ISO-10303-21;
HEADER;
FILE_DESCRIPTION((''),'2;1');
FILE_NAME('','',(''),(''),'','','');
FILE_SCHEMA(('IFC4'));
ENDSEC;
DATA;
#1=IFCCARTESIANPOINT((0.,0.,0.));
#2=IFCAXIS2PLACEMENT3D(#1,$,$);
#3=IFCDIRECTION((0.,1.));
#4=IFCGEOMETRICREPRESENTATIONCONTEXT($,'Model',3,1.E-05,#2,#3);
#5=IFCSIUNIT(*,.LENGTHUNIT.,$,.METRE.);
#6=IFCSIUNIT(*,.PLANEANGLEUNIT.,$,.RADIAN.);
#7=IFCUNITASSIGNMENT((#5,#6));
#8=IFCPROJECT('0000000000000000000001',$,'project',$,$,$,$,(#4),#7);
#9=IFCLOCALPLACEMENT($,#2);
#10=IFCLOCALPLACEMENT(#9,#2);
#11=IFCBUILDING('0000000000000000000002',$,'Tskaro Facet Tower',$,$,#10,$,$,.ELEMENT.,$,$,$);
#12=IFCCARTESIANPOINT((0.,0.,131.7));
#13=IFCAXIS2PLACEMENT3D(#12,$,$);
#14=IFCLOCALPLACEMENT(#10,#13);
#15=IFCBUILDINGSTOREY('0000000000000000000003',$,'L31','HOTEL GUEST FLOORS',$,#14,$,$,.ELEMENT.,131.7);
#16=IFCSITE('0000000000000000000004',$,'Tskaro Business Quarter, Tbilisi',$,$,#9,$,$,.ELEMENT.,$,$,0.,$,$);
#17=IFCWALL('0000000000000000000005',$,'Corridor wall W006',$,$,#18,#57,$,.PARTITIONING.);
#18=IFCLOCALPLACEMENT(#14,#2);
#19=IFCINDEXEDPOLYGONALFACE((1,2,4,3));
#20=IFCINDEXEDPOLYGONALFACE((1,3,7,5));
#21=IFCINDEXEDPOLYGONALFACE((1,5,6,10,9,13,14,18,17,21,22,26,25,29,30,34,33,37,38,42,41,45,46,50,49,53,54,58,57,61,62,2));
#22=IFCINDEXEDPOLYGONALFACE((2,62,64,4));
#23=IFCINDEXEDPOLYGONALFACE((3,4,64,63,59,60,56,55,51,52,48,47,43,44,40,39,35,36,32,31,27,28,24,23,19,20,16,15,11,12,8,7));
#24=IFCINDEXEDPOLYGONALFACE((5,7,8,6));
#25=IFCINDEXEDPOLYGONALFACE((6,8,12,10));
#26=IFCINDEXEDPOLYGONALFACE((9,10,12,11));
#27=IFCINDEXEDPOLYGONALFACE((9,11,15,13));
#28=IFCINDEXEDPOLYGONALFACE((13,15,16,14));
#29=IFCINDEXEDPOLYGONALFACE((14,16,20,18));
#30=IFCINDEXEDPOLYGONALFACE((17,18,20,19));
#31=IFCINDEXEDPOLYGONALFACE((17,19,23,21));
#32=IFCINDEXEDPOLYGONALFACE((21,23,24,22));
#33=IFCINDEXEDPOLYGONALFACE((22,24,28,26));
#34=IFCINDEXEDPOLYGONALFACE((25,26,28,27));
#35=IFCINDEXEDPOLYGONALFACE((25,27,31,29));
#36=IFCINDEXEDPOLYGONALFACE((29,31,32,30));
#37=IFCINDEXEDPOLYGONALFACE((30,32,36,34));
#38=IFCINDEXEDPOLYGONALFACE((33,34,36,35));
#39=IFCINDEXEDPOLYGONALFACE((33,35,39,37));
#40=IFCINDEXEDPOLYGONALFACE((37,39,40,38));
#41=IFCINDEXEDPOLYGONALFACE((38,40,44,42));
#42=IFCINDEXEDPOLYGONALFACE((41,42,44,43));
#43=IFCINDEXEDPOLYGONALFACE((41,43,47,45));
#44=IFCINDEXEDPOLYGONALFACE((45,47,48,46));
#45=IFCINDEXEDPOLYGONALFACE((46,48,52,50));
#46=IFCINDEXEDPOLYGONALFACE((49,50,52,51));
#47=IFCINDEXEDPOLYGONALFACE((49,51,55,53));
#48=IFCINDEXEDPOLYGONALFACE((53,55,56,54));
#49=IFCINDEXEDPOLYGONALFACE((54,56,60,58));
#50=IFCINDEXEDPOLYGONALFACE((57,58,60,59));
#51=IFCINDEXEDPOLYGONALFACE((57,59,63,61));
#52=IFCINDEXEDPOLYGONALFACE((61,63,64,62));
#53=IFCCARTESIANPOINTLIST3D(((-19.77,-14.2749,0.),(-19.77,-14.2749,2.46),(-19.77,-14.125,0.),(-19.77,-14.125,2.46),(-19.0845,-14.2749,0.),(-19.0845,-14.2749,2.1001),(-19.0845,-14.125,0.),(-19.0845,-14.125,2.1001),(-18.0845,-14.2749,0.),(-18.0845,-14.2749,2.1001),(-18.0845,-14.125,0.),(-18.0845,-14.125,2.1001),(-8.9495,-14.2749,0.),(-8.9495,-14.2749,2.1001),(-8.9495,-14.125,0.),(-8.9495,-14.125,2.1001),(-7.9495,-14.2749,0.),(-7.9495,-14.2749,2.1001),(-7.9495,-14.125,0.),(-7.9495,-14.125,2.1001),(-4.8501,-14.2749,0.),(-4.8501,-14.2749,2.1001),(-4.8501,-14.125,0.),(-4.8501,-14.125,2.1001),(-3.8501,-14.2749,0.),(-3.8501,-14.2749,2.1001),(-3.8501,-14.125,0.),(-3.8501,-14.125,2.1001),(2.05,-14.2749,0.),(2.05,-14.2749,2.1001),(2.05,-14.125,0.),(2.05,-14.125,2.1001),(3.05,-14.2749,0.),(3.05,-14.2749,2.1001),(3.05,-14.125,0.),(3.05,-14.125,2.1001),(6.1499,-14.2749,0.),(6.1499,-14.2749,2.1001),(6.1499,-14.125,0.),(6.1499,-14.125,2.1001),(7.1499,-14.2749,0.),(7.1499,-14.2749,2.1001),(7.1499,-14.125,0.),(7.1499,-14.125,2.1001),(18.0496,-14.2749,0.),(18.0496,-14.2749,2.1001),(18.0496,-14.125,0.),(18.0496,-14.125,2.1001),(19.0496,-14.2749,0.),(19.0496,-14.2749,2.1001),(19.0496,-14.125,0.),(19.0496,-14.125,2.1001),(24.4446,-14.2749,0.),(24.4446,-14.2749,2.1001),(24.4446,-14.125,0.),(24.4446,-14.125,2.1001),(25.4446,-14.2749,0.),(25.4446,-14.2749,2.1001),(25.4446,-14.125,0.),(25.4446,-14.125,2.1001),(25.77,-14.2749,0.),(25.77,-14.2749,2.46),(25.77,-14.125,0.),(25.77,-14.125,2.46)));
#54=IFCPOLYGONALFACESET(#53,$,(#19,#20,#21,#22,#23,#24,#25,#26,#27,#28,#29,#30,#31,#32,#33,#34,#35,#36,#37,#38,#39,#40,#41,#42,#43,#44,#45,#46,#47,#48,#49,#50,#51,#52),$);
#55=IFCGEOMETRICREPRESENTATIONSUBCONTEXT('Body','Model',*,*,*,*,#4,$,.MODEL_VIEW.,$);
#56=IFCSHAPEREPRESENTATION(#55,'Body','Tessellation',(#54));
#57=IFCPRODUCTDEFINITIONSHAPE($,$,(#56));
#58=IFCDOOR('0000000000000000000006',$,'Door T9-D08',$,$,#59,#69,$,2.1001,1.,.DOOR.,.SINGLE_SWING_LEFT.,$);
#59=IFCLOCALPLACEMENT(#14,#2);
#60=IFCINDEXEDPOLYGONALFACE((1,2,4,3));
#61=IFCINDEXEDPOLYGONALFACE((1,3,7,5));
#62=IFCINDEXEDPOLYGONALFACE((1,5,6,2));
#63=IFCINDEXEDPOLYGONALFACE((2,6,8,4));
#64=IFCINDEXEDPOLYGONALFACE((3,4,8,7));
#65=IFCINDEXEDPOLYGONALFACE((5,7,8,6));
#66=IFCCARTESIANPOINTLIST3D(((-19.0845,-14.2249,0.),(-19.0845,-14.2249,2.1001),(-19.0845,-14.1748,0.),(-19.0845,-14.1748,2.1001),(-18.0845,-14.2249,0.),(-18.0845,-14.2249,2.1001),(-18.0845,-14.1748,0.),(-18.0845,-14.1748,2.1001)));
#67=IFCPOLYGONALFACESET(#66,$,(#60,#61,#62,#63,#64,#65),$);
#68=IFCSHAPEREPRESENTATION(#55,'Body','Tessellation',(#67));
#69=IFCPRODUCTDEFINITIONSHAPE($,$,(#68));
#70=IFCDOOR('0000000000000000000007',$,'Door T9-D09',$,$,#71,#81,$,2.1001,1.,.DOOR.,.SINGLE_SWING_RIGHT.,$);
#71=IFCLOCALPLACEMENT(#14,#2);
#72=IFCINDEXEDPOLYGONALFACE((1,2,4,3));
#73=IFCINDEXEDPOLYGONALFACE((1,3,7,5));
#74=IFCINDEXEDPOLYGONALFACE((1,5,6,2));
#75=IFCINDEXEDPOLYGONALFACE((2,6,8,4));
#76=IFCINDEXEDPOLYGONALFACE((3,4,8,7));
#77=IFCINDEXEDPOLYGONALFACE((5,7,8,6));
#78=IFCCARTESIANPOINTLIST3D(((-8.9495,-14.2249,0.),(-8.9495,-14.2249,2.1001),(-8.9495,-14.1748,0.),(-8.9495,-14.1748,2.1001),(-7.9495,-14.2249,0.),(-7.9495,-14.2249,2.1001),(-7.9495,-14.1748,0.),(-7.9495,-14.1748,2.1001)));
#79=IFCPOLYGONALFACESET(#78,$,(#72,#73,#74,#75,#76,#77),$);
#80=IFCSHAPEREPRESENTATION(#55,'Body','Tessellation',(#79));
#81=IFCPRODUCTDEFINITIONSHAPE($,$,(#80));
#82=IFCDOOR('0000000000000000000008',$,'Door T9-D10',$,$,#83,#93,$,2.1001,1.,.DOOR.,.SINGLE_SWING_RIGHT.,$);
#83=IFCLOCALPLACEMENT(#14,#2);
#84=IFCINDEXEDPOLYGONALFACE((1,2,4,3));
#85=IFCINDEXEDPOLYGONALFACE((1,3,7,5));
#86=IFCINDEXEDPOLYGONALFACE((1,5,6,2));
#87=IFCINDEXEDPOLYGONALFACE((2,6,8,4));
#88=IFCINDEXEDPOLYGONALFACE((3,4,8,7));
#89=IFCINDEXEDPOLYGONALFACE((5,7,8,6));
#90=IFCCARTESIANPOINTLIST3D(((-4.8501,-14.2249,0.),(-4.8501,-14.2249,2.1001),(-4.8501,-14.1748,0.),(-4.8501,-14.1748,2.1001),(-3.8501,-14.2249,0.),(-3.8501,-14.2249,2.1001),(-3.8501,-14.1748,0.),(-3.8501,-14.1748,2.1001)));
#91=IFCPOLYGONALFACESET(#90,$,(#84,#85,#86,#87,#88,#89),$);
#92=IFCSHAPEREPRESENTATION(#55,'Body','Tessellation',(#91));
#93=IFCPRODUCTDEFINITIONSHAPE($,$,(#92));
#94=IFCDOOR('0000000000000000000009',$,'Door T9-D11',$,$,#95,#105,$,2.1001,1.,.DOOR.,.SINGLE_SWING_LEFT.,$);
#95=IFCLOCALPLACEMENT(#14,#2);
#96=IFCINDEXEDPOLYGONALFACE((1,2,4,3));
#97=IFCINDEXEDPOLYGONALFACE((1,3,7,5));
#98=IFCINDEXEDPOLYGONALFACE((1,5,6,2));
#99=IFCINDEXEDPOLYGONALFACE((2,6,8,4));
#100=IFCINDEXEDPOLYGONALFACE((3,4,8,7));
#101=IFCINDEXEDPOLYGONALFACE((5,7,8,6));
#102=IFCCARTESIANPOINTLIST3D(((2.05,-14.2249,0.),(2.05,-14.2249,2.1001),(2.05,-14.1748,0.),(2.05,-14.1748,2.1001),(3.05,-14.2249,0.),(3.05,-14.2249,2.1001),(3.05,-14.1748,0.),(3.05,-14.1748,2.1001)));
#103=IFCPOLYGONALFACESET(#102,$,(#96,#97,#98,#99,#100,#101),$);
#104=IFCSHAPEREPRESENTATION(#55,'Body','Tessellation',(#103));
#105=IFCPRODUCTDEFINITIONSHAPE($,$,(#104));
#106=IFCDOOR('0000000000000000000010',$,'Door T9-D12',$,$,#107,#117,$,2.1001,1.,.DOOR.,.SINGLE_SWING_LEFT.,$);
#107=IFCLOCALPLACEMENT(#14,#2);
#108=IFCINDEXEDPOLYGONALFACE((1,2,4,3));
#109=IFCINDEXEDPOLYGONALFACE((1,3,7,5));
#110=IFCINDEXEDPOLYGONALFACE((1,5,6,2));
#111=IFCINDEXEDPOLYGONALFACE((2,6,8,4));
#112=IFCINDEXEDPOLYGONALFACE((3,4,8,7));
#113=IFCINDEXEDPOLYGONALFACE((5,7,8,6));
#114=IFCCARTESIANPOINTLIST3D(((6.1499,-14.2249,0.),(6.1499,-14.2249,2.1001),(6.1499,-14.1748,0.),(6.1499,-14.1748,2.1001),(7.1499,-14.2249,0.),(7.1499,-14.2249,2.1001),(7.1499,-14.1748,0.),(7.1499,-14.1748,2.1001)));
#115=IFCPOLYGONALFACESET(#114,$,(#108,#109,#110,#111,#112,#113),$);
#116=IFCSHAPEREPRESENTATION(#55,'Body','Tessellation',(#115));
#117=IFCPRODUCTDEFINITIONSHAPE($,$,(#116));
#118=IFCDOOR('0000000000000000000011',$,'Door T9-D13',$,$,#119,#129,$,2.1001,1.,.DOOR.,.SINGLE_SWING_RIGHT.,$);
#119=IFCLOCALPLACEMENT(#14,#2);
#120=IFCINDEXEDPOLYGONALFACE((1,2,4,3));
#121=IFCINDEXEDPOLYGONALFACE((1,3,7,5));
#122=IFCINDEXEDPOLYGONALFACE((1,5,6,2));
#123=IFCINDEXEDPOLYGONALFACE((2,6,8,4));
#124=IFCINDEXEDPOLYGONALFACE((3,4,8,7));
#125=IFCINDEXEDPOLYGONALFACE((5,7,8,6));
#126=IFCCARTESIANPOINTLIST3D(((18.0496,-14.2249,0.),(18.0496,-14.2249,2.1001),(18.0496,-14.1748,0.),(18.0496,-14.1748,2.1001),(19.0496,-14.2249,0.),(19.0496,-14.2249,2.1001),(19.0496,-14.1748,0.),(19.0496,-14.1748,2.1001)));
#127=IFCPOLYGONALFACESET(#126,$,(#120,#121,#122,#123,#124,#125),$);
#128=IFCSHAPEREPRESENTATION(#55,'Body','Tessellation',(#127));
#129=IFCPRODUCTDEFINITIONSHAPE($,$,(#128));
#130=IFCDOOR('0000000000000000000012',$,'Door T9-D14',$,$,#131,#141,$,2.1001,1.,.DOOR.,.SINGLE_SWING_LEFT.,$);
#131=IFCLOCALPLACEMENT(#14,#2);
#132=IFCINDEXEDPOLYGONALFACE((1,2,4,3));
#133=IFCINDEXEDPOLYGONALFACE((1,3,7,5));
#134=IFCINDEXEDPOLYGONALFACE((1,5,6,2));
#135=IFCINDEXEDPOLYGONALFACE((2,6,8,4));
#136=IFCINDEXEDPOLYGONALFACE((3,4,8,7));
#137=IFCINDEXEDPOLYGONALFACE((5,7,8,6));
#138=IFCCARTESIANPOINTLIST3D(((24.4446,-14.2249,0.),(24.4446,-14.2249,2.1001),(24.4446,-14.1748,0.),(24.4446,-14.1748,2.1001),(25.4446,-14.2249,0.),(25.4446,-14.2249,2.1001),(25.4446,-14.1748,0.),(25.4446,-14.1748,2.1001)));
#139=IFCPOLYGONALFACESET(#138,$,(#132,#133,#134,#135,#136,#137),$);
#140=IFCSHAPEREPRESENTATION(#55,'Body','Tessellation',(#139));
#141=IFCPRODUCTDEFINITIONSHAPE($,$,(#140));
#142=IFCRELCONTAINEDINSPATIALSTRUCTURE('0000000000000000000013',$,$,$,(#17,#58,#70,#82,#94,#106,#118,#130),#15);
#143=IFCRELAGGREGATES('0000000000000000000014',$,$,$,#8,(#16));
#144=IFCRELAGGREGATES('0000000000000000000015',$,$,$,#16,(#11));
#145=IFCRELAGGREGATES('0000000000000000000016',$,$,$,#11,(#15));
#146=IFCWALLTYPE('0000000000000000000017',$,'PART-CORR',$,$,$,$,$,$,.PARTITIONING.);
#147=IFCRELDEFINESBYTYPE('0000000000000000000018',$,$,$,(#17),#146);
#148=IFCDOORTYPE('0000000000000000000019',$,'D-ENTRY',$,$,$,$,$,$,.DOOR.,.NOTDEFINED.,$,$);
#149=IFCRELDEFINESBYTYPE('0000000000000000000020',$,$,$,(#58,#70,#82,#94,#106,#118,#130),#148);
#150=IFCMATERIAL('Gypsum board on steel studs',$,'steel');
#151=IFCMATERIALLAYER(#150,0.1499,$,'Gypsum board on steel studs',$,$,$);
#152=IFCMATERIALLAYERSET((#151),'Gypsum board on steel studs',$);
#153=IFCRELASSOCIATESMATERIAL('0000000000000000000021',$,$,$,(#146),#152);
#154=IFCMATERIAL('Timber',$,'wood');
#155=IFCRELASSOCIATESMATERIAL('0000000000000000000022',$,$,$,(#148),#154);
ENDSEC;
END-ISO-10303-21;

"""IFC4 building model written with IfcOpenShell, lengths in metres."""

from ifc_helpers import new_model, si_unit, direction, frame, frame_2d, origin, place, context, subcontext, project, spatial, rectangle, extrude, material, layer, layer_set, type_object, element, fill, save


model = new_model("IFC4")

# Units and contexts
model_context = context("Model", 3, precision=1e-05, world=origin(), true_north=direction((0.0, 1.0)))
body_context = subcontext(model_context, "Body", "Model", "MODEL_VIEW")
ifc_project = project(units=[si_unit("LENGTHUNIT", "METRE"), si_unit("PLANEANGLEUNIT", "RADIAN")], contexts=[model_context])

# Site, building, storey
site_placement = place(None, origin())
site = spatial("IfcSite", under=ifc_project, at=site_placement, Name="Tskaro Business Quarter, Tbilisi", CompositionType="ELEMENT", RefElevation=0.0)
building_placement = place(site_placement, origin())
building = spatial("IfcBuilding", under=site, at=building_placement, Name="Tskaro Facet Tower", CompositionType="ELEMENT")
storey_placement = place(building_placement, frame((0.0, 0.0, 131.7)))
storey = spatial("IfcBuildingStorey", under=building, at=storey_placement, Name="L31", Description="HOTEL GUEST FLOORS", CompositionType="ELEMENT", Elevation=131.7)

# Wall, openings, doors
ifc_material_1 = material(Name="Gypsum board on steel studs", Category="steel")
ifc_layer_1 = layer(ifc_material_1, 0.1499, Name="Gypsum board on steel studs")
ifc_layer_set_1 = layer_set([ifc_layer_1], Name="Gypsum board on steel studs")
wall_type_1 = type_object("IfcWallType", Name="PART-CORR", PredefinedType="PARTITIONING", material=ifc_layer_set_1)
wall_1_placement = place(storey_placement, frame((25.77, -14.2, 0.0), z_axis=(0.0, 0.0, 1.0), x_axis=(-1.0, 0.0, 0.0)))
wall_1 = element("IfcWall", 1, at=wall_1_placement, inside=storey, type_object=wall_type_1, Name="Corridor wall W006", PredefinedType="PARTITIONING", context=body_context, shape_type="SweptSolid", body=[
    extrude(rectangle(XDim=45.54, YDim=0.1499, at=frame_2d((22.77, 0.0))), origin(), (0.0, 0.0, 1.0), 2.46),
])
opening_1_placement = place(wall_1_placement, frame((43.8545, 0.0, 0.0)))
opening_1 = element("IfcOpeningElement", 2, at=opening_1_placement, cuts=wall_1, PredefinedType="OPENING", context=body_context, shape_type="SweptSolid", body=[
    extrude(rectangle(XDim=1.0, YDim=2.1001, at=frame_2d((0.5, 1.05))), frame((0.0, 0.085, 0.0), z_axis=(0.0, -1.0, 0.0), x_axis=(1.0, 0.0, 0.0)), (0.0, 0.0, 1.0), 0.1699),
])
opening_2_placement = place(wall_1_placement, frame((33.7195, 0.0, 0.0)))
opening_2 = element("IfcOpeningElement", 3, at=opening_2_placement, cuts=wall_1, PredefinedType="OPENING", context=body_context, shape_type="SweptSolid", body=[
    extrude(rectangle(XDim=1.0, YDim=2.1001, at=frame_2d((0.5, 1.05))), frame((0.0, 0.085, 0.0), z_axis=(0.0, -1.0, 0.0), x_axis=(1.0, 0.0, 0.0)), (0.0, 0.0, 1.0), 0.1699),
])
opening_3_placement = place(wall_1_placement, frame((29.6201, 0.0, 0.0)))
opening_3 = element("IfcOpeningElement", 4, at=opening_3_placement, cuts=wall_1, PredefinedType="OPENING", context=body_context, shape_type="SweptSolid", body=[
    extrude(rectangle(XDim=1.0, YDim=2.1001, at=frame_2d((0.5, 1.05))), frame((0.0, 0.085, 0.0), z_axis=(0.0, -1.0, 0.0), x_axis=(1.0, 0.0, 0.0)), (0.0, 0.0, 1.0), 0.1699),
])
opening_4_placement = place(wall_1_placement, frame((22.72, 0.0, 0.0)))
opening_4 = element("IfcOpeningElement", 5, at=opening_4_placement, cuts=wall_1, PredefinedType="OPENING", context=body_context, shape_type="SweptSolid", body=[
    extrude(rectangle(XDim=1.0, YDim=2.1001, at=frame_2d((0.5, 1.05))), frame((0.0, 0.085, 0.0), z_axis=(0.0, -1.0, 0.0), x_axis=(1.0, 0.0, 0.0)), (0.0, 0.0, 1.0), 0.1699),
])
opening_5_placement = place(wall_1_placement, frame((18.6201, 0.0, 0.0)))
opening_5 = element("IfcOpeningElement", 6, at=opening_5_placement, cuts=wall_1, PredefinedType="OPENING", context=body_context, shape_type="SweptSolid", body=[
    extrude(rectangle(XDim=1.0, YDim=2.1001, at=frame_2d((0.5, 1.05))), frame((0.0, 0.085, 0.0), z_axis=(0.0, -1.0, 0.0), x_axis=(1.0, 0.0, 0.0)), (0.0, 0.0, 1.0), 0.1699),
])
opening_6_placement = place(wall_1_placement, frame((6.7205, 0.0, 0.0)))
opening_6 = element("IfcOpeningElement", 7, at=opening_6_placement, cuts=wall_1, PredefinedType="OPENING", context=body_context, shape_type="SweptSolid", body=[
    extrude(rectangle(XDim=1.0, YDim=2.1001, at=frame_2d((0.5, 1.05))), frame((0.0, 0.085, 0.0), z_axis=(0.0, -1.0, 0.0), x_axis=(1.0, 0.0, 0.0)), (0.0, 0.0, 1.0), 0.1699),
])
opening_7_placement = place(wall_1_placement, frame((0.3254, 0.0, 0.0)))
opening_7 = element("IfcOpeningElement", 8, at=opening_7_placement, cuts=wall_1, PredefinedType="OPENING", context=body_context, shape_type="SweptSolid", body=[
    extrude(rectangle(XDim=1.0, YDim=2.1001, at=frame_2d((0.5, 1.05))), frame((0.0, 0.085, 0.0), z_axis=(0.0, -1.0, 0.0), x_axis=(1.0, 0.0, 0.0)), (0.0, 0.0, 1.0), 0.1699),
])
ifc_material_2 = material(Name="Timber", Category="wood")
door_type_1 = type_object("IfcDoorType", Name="D-ENTRY", OperationType="NOTDEFINED", PredefinedType="DOOR", material=ifc_material_2)
door_1_placement = place(opening_1_placement, origin())
door_1 = element("IfcDoor", 9, at=door_1_placement, inside=storey, type_object=door_type_1, Name="Door T9-D08", OperationType="SINGLE_SWING_LEFT", OverallHeight=2.1001, OverallWidth=1.0, PredefinedType="DOOR", context=body_context, shape_type="SweptSolid", body=[
    extrude(rectangle(XDim=1.0, YDim=2.1001, at=frame_2d((0.5, 1.05))), frame((0.0, 0.0249, 0.0), z_axis=(0.0, -1.0, 0.0), x_axis=(1.0, 0.0, 0.0)), (0.0, 0.0, 1.0), 0.05),
])
fill(opening_1, door_1)
door_2_placement = place(opening_2_placement, origin())
door_2 = element("IfcDoor", 10, at=door_2_placement, inside=storey, type_object=door_type_1, Name="Door T9-D09", OperationType="SINGLE_SWING_RIGHT", OverallHeight=2.1001, OverallWidth=1.0, PredefinedType="DOOR", context=body_context, shape_type="SweptSolid", body=[
    extrude(rectangle(XDim=1.0, YDim=2.1001, at=frame_2d((0.5, 1.05))), frame((0.0, 0.0249, 0.0), z_axis=(0.0, -1.0, 0.0), x_axis=(1.0, 0.0, 0.0)), (0.0, 0.0, 1.0), 0.05),
])
fill(opening_2, door_2)
door_3_placement = place(opening_3_placement, origin())
door_3 = element("IfcDoor", 11, at=door_3_placement, inside=storey, type_object=door_type_1, Name="Door T9-D10", OperationType="SINGLE_SWING_RIGHT", OverallHeight=2.1001, OverallWidth=1.0, PredefinedType="DOOR", context=body_context, shape_type="SweptSolid", body=[
    extrude(rectangle(XDim=1.0, YDim=2.1001, at=frame_2d((0.5, 1.05))), frame((0.0, 0.0249, 0.0), z_axis=(0.0, -1.0, 0.0), x_axis=(1.0, 0.0, 0.0)), (0.0, 0.0, 1.0), 0.05),
])
fill(opening_3, door_3)
door_4_placement = place(opening_4_placement, origin())
door_4 = element("IfcDoor", 12, at=door_4_placement, inside=storey, type_object=door_type_1, Name="Door T9-D11", OperationType="SINGLE_SWING_LEFT", OverallHeight=2.1001, OverallWidth=1.0, PredefinedType="DOOR", context=body_context, shape_type="SweptSolid", body=[
    extrude(rectangle(XDim=1.0, YDim=2.1001, at=frame_2d((0.5, 1.05))), frame((0.0, 0.0249, 0.0), z_axis=(0.0, -1.0, 0.0), x_axis=(1.0, 0.0, 0.0)), (0.0, 0.0, 1.0), 0.05),
])
fill(opening_4, door_4)
door_5_placement = place(opening_5_placement, origin())
door_5 = element("IfcDoor", 13, at=door_5_placement, inside=storey, type_object=door_type_1, Name="Door T9-D12", OperationType="SINGLE_SWING_LEFT", OverallHeight=2.1001, OverallWidth=1.0, PredefinedType="DOOR", context=body_context, shape_type="SweptSolid", body=[
    extrude(rectangle(XDim=1.0, YDim=2.1001, at=frame_2d((0.5, 1.05))), frame((0.0, 0.0249, 0.0), z_axis=(0.0, -1.0, 0.0), x_axis=(1.0, 0.0, 0.0)), (0.0, 0.0, 1.0), 0.05),
])
fill(opening_5, door_5)
door_6_placement = place(opening_6_placement, origin())
door_6 = element("IfcDoor", 14, at=door_6_placement, inside=storey, type_object=door_type_1, Name="Door T9-D13", OperationType="SINGLE_SWING_RIGHT", OverallHeight=2.1001, OverallWidth=1.0, PredefinedType="DOOR", context=body_context, shape_type="SweptSolid", body=[
    extrude(rectangle(XDim=1.0, YDim=2.1001, at=frame_2d((0.5, 1.05))), frame((0.0, 0.0249, 0.0), z_axis=(0.0, -1.0, 0.0), x_axis=(1.0, 0.0, 0.0)), (0.0, 0.0, 1.0), 0.05),
])
fill(opening_6, door_6)
door_7_placement = place(opening_7_placement, origin())
door_7 = element("IfcDoor", 15, at=door_7_placement, inside=storey, type_object=door_type_1, Name="Door T9-D14", OperationType="SINGLE_SWING_LEFT", OverallHeight=2.1001, OverallWidth=1.0, PredefinedType="DOOR", context=body_context, shape_type="SweptSolid", body=[
    extrude(rectangle(XDim=1.0, YDim=2.1001, at=frame_2d((0.5, 1.05))), frame((0.0, 0.0249, 0.0), z_axis=(0.0, -1.0, 0.0), x_axis=(1.0, 0.0, 0.0)), (0.0, 0.0, 1.0), 0.05),
])
fill(opening_7, door_7)

save(model, "model.ifc")
